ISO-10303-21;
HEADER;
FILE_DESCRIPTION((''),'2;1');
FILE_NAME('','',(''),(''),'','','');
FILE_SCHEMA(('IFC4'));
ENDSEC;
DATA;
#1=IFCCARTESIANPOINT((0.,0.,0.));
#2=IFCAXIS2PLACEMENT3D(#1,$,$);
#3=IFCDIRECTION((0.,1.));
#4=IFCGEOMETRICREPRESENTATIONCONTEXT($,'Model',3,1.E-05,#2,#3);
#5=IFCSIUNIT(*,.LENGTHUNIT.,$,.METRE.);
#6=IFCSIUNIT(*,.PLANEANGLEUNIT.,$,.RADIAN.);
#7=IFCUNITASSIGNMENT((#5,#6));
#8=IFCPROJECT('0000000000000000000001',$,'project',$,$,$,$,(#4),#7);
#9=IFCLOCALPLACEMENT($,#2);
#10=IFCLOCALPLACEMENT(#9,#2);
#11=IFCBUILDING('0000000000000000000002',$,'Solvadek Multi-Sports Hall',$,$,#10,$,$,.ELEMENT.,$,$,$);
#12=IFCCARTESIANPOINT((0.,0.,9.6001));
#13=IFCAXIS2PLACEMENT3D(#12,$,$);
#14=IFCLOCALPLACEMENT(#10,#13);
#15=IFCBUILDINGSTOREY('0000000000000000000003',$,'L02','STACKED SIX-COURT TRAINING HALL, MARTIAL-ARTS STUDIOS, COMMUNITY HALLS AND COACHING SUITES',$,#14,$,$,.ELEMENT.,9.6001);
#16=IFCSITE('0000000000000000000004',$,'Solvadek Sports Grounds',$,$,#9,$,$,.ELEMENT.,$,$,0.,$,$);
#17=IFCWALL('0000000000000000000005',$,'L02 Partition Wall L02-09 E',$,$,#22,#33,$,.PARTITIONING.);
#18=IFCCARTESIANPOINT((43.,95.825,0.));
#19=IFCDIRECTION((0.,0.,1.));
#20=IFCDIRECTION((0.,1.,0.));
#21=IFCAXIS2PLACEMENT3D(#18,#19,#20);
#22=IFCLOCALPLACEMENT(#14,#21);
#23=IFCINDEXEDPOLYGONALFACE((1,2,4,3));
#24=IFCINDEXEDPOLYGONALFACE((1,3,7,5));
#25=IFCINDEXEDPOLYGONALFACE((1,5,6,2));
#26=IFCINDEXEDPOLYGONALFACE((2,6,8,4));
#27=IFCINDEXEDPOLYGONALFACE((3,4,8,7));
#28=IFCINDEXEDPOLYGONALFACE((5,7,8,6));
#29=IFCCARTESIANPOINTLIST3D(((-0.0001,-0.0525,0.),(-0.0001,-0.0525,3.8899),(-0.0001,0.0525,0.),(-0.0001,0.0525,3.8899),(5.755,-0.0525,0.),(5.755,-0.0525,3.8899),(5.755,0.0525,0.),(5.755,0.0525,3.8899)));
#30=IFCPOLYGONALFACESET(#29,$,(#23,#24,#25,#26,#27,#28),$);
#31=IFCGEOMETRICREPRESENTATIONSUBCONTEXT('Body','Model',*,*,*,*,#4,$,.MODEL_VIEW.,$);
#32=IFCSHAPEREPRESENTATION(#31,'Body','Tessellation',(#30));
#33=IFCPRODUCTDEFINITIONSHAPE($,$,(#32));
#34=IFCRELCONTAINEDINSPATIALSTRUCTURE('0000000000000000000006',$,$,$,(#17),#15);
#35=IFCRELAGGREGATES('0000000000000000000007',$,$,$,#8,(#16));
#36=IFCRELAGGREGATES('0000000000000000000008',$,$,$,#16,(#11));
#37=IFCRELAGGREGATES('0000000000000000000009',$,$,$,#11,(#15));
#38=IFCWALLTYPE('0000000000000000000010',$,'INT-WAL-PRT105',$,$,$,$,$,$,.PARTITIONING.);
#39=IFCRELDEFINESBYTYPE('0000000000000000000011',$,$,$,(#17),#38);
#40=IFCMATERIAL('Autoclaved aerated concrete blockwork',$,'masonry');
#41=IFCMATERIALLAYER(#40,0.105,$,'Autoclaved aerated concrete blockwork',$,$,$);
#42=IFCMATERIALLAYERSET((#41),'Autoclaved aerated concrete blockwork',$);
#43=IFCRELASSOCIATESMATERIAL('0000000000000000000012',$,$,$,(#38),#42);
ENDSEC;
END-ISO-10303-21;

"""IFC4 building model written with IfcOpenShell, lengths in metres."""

from ifc_helpers import new_model, si_unit, direction, frame, frame_2d, origin, place, context, subcontext, project, spatial, rectangle, extrude, material, layer, layer_set, type_object, element, save


model = new_model("IFC4")

# Units and contexts
model_context = context("Model", 3, precision=1e-05, world=origin(), true_north=direction((0.0, 1.0)))
body_context = subcontext(model_context, "Body", "Model", "MODEL_VIEW")
ifc_project = project(units=[si_unit("LENGTHUNIT", "METRE"), si_unit("PLANEANGLEUNIT", "RADIAN")], contexts=[model_context])

# Site, building, storey
site_placement = place(None, origin())
site = spatial("IfcSite", under=ifc_project, at=site_placement, Name="Solvadek Sports Grounds", CompositionType="ELEMENT", RefElevation=0.0)
building_placement = place(site_placement, origin())
building = spatial("IfcBuilding", under=site, at=building_placement, Name="Solvadek Multi-Sports Hall", CompositionType="ELEMENT")
storey_placement = place(building_placement, frame((0.0, 0.0, 9.6001)))
storey = spatial("IfcBuildingStorey", under=building, at=storey_placement, Name="L02", Description="STACKED SIX-COURT TRAINING HALL, MARTIAL-ARTS STUDIOS, COMMUNITY HALLS AND COACHING SUITES", CompositionType="ELEMENT", Elevation=9.6001)

# Wall
ifc_material_1 = material(Name="Autoclaved aerated concrete blockwork", Category="masonry")
ifc_layer_1 = layer(ifc_material_1, 0.105, Name="Autoclaved aerated concrete blockwork")
ifc_layer_set_1 = layer_set([ifc_layer_1], Name="Autoclaved aerated concrete blockwork")
wall_type_1 = type_object("IfcWallType", Name="INT-WAL-PRT105", PredefinedType="PARTITIONING", material=ifc_layer_set_1)
wall_1_placement = place(storey_placement, frame((43.0, 95.825, 0.0), z_axis=(0.0, 0.0, 1.0), x_axis=(0.0, 1.0, 0.0)))
element("IfcWall", 1, at=wall_1_placement, inside=storey, type_object=wall_type_1, Name="L02 Partition Wall L02-09 E", PredefinedType="PARTITIONING", context=body_context, shape_type="SweptSolid", body=[
    extrude(rectangle(XDim=5.7551, YDim=0.105, at=frame_2d((2.8774, 0.0))), origin(), (0.0, 0.0, 1.0), 3.8899),
])

save(model, "model.ifc")
